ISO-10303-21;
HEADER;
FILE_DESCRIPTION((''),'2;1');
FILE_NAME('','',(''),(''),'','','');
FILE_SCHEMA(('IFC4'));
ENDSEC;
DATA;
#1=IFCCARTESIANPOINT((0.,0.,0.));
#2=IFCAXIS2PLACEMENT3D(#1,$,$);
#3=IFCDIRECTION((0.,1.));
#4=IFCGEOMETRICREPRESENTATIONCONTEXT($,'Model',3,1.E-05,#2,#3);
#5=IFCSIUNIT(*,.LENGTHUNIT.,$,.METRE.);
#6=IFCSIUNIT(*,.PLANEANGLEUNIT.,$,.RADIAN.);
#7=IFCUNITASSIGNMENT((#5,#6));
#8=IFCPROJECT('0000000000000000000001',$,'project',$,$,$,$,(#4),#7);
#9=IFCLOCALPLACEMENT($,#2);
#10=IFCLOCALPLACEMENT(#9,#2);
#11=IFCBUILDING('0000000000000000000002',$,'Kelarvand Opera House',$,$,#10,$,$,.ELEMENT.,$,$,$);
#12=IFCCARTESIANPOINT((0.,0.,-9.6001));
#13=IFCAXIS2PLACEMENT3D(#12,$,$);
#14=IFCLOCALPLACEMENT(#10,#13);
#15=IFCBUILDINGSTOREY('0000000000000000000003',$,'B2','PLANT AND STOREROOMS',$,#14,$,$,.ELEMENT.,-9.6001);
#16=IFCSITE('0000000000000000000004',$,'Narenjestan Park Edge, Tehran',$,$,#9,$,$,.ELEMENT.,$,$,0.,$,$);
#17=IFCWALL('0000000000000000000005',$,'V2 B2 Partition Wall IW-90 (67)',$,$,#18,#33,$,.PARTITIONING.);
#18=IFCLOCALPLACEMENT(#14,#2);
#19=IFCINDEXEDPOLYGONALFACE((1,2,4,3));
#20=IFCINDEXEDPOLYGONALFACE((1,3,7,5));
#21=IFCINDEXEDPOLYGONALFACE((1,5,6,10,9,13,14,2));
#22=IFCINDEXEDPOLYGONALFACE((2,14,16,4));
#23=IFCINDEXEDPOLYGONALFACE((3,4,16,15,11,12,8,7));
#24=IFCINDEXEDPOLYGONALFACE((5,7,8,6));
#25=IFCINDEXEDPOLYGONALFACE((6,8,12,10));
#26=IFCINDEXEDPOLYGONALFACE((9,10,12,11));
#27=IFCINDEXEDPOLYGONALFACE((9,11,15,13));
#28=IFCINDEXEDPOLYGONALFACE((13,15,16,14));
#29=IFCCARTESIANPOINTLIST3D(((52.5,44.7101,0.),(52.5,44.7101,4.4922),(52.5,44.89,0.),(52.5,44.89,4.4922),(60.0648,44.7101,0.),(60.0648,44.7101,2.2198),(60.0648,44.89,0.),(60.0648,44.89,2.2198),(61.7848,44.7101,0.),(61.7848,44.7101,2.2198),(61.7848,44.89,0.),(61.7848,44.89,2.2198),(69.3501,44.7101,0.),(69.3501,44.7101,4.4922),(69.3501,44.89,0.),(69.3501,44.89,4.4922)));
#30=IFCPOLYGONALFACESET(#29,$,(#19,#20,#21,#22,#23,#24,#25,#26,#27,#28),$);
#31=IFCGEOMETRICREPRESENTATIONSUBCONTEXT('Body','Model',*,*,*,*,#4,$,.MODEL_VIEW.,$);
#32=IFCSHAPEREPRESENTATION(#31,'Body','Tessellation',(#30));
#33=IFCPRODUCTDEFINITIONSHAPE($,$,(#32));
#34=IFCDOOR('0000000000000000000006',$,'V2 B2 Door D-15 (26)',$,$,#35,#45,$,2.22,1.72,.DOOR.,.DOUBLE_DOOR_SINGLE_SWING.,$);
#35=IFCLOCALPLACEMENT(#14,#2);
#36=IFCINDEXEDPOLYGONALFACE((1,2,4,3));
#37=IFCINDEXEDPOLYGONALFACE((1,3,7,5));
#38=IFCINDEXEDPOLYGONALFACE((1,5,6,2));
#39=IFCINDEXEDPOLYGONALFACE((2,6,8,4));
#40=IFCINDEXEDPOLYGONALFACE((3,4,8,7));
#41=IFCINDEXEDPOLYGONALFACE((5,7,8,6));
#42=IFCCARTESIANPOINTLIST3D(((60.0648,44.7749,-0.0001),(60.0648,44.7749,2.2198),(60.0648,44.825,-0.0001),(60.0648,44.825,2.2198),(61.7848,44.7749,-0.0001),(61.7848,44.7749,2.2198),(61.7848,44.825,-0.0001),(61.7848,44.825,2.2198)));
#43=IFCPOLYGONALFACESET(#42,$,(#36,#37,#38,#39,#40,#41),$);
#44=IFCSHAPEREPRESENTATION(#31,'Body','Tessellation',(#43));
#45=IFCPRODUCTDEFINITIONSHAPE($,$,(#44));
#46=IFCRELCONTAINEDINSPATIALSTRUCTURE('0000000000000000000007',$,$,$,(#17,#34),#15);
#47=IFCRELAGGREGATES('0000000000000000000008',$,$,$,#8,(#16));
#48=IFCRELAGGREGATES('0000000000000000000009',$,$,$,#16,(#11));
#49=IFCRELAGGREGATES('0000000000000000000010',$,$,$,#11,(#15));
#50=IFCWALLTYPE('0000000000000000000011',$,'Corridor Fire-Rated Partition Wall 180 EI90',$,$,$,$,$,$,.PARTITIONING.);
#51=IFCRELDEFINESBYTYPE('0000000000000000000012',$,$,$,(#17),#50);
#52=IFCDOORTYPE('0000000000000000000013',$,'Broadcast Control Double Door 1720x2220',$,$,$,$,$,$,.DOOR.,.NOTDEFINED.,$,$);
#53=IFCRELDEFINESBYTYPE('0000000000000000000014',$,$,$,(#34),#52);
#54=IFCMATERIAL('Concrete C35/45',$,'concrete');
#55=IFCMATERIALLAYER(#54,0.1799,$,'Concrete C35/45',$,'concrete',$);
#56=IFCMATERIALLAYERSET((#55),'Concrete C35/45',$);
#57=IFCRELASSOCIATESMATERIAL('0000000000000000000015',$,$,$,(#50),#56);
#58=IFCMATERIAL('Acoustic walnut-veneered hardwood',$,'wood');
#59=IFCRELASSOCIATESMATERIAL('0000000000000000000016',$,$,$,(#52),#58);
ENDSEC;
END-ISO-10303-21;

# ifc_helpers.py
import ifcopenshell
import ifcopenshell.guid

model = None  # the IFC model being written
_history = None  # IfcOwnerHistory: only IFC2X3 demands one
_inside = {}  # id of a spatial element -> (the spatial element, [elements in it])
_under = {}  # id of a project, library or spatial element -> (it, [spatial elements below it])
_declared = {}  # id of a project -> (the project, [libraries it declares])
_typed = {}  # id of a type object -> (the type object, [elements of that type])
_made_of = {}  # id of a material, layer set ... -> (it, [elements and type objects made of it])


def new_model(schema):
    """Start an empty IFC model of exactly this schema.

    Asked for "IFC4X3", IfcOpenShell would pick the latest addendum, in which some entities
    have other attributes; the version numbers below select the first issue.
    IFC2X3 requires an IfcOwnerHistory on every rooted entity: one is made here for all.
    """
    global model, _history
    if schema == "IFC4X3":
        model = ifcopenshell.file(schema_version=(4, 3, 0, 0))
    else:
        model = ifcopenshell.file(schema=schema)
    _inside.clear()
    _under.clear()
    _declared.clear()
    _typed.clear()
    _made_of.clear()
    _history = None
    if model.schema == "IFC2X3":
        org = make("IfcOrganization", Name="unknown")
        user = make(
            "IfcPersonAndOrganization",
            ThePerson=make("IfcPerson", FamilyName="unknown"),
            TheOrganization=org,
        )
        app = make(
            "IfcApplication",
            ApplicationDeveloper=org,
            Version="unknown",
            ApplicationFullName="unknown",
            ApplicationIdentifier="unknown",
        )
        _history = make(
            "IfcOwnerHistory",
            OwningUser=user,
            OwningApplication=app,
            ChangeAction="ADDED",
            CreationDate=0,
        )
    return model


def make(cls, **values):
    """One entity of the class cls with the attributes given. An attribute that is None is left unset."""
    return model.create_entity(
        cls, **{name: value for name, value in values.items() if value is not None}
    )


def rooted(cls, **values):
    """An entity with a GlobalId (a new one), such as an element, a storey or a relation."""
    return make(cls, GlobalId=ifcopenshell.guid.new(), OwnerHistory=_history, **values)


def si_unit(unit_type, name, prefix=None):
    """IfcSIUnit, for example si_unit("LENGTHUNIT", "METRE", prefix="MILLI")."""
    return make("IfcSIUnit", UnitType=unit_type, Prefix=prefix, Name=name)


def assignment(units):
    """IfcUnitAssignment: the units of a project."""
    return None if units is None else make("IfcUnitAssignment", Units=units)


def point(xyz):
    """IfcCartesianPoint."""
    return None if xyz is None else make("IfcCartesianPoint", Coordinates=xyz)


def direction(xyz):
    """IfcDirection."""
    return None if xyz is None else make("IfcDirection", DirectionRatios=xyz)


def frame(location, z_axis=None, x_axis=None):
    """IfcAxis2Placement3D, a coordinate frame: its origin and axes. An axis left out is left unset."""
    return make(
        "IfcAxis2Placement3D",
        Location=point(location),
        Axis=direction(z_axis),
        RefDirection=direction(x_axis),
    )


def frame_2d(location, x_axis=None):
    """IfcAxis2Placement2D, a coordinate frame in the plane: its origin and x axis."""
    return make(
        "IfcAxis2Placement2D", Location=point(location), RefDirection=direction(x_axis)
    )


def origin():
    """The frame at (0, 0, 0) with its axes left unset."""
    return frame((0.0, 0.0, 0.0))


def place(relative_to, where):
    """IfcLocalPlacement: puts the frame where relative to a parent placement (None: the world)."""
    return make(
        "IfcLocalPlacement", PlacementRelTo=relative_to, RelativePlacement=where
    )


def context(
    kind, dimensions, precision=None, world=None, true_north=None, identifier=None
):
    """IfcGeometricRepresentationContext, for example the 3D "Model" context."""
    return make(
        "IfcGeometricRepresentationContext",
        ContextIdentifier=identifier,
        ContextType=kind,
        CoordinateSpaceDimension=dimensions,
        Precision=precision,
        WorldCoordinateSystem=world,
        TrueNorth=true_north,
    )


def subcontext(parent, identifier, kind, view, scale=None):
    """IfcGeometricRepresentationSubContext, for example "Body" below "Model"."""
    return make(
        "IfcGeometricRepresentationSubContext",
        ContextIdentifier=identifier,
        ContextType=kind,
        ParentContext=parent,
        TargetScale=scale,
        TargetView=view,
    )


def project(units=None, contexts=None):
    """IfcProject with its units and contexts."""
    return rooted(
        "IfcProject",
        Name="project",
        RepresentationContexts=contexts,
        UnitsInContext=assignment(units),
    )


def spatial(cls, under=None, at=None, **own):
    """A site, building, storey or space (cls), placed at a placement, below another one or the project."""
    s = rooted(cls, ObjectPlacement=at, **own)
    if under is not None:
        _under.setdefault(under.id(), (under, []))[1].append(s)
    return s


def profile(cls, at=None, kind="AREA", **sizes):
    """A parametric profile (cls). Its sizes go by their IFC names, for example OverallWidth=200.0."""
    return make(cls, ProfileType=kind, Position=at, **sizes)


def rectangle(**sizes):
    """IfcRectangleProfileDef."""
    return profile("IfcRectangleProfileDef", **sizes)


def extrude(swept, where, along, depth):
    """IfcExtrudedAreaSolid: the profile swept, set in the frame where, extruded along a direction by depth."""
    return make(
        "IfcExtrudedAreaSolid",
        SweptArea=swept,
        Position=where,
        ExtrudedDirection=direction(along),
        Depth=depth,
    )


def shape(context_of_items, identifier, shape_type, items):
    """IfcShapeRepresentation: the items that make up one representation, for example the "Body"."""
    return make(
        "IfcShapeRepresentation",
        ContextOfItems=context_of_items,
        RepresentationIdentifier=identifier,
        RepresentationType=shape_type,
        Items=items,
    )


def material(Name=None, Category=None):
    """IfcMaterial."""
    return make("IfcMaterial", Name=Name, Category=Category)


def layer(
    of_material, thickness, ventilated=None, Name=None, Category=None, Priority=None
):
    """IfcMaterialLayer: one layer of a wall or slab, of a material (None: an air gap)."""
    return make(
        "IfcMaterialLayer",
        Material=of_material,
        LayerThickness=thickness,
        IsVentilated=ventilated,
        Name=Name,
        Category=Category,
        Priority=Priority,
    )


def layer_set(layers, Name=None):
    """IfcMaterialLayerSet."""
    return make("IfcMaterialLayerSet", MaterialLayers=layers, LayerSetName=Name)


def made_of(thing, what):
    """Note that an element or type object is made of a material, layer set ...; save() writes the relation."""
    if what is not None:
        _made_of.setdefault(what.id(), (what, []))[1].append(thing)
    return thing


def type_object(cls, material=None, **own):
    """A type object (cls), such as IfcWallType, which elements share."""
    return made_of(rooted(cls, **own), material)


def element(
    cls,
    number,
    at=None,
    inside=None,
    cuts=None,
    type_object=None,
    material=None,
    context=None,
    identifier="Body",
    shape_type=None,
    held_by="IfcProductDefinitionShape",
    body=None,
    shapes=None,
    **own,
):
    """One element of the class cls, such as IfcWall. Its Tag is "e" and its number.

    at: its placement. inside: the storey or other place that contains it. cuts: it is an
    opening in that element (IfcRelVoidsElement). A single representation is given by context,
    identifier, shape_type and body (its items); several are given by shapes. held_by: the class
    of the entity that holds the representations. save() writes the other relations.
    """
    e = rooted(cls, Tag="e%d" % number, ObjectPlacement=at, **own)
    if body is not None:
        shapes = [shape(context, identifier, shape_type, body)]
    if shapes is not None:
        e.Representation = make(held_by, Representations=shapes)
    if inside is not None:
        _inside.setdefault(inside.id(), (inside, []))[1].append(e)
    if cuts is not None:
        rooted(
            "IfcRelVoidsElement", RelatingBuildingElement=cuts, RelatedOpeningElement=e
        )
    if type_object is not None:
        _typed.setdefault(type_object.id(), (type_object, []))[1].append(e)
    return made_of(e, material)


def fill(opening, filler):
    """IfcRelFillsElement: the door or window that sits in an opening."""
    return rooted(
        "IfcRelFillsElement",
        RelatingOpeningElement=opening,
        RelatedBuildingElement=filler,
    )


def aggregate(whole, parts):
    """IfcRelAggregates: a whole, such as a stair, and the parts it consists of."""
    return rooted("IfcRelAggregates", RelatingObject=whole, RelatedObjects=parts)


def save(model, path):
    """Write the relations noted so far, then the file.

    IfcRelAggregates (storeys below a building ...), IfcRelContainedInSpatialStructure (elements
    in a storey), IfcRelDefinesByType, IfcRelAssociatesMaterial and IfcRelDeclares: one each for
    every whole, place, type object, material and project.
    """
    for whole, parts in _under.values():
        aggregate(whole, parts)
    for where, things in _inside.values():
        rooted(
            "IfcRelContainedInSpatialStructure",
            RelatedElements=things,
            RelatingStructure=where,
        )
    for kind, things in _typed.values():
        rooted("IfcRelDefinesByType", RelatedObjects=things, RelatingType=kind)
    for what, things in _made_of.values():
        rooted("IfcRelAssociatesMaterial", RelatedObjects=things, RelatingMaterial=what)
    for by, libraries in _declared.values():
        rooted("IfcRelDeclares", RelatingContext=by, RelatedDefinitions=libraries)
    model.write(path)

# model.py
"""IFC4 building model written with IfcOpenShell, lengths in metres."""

from ifc_helpers import new_model, si_unit, direction, frame, frame_2d, origin, place, context, subcontext, project, spatial, rectangle, extrude, material, layer, layer_set, type_object, element, fill, save


model = new_model("IFC4")

# Units and contexts
model_context = context("Model", 3, precision=1e-05, world=origin(), true_north=direction((0.0, 1.0)))
body_context = subcontext(model_context, "Body", "Model", "MODEL_VIEW")
ifc_project = project(units=[si_unit("LENGTHUNIT", "METRE"), si_unit("PLANEANGLEUNIT", "RADIAN")], contexts=[model_context])

# Site, building, storey
site_placement = place(None, origin())
site = spatial("IfcSite", under=ifc_project, at=site_placement, Name="Narenjestan Park Edge, Tehran", CompositionType="ELEMENT", RefElevation=0.0)
building_placement = place(site_placement, origin())
building = spatial("IfcBuilding", under=site, at=building_placement, Name="Kelarvand Opera House", CompositionType="ELEMENT")
storey_placement = place(building_placement, frame((0.0, 0.0, -9.6001)))
storey = spatial("IfcBuildingStorey", under=building, at=storey_placement, Name="B2", Description="PLANT AND STOREROOMS", CompositionType="ELEMENT", Elevation=-9.6001)

# Shared definitions
ifc_material_1 = material(Name="Concrete C35/45", Category="concrete")

# Wall, opening, door
ifc_layer_1 = layer(ifc_material_1, 0.1799, Name="Concrete C35/45", Category="concrete")
ifc_layer_set_1 = layer_set([ifc_layer_1], Name="Concrete C35/45")
wall_type_1 = type_object("IfcWallType", Name="Corridor Fire-Rated Partition Wall 180 EI90", PredefinedType="PARTITIONING", material=ifc_layer_set_1)
wall_1_placement = place(storey_placement, frame((52.5, 44.8, 0.0), z_axis=(0.0, 0.0, 1.0), x_axis=(1.0, 0.0, 0.0)))
wall_1 = element("IfcWall", 1, at=wall_1_placement, inside=storey, type_object=wall_type_1, Name="V2 B2 Partition Wall IW-90 (67)", PredefinedType="PARTITIONING", context=body_context, shape_type="SweptSolid", body=[
    extrude(rectangle(XDim=16.8501, YDim=0.1799, at=frame_2d((8.425, 0.0))), origin(), (0.0, 0.0, 1.0), 4.4922),
])
opening_placement = place(wall_1_placement, frame((7.5649, 0.0, 0.0)))
opening = element("IfcOpeningElement", 2, at=opening_placement, cuts=wall_1, PredefinedType="OPENING", context=body_context, shape_type="SweptSolid", body=[
    extrude(rectangle(XDim=1.72, YDim=2.22, at=frame_2d((0.8599, 1.1099))), frame((0.0, 0.1001, 0.0), z_axis=(0.0, -1.0, 0.0), x_axis=(1.0, 0.0, 0.0)), (0.0, 0.0, 1.0), 0.2),
])
ifc_material_2 = material(Name="Acoustic walnut-veneered hardwood", Category="wood")
door_type = type_object("IfcDoorType", Name="Broadcast Control Double Door 1720x2220", OperationType="NOTDEFINED", PredefinedType="DOOR", material=ifc_material_2)
door_placement = place(opening_placement, origin())
door = element("IfcDoor", 3, at=door_placement, inside=storey, type_object=door_type, Name="V2 B2 Door D-15 (26)", OperationType="DOUBLE_DOOR_SINGLE_SWING", OverallHeight=2.22, OverallWidth=1.72, PredefinedType="DOOR", context=body_context, shape_type="SweptSolid", body=[
    extrude(rectangle(XDim=1.72, YDim=2.22, at=frame_2d((0.8599, 1.1099))), frame((0.0, 0.0249, 0.0), z_axis=(0.0, -1.0, 0.0), x_axis=(1.0, 0.0, 0.0)), (0.0, 0.0, 1.0), 0.05),
])
fill(opening, door)

save(model, "model.ifc")
